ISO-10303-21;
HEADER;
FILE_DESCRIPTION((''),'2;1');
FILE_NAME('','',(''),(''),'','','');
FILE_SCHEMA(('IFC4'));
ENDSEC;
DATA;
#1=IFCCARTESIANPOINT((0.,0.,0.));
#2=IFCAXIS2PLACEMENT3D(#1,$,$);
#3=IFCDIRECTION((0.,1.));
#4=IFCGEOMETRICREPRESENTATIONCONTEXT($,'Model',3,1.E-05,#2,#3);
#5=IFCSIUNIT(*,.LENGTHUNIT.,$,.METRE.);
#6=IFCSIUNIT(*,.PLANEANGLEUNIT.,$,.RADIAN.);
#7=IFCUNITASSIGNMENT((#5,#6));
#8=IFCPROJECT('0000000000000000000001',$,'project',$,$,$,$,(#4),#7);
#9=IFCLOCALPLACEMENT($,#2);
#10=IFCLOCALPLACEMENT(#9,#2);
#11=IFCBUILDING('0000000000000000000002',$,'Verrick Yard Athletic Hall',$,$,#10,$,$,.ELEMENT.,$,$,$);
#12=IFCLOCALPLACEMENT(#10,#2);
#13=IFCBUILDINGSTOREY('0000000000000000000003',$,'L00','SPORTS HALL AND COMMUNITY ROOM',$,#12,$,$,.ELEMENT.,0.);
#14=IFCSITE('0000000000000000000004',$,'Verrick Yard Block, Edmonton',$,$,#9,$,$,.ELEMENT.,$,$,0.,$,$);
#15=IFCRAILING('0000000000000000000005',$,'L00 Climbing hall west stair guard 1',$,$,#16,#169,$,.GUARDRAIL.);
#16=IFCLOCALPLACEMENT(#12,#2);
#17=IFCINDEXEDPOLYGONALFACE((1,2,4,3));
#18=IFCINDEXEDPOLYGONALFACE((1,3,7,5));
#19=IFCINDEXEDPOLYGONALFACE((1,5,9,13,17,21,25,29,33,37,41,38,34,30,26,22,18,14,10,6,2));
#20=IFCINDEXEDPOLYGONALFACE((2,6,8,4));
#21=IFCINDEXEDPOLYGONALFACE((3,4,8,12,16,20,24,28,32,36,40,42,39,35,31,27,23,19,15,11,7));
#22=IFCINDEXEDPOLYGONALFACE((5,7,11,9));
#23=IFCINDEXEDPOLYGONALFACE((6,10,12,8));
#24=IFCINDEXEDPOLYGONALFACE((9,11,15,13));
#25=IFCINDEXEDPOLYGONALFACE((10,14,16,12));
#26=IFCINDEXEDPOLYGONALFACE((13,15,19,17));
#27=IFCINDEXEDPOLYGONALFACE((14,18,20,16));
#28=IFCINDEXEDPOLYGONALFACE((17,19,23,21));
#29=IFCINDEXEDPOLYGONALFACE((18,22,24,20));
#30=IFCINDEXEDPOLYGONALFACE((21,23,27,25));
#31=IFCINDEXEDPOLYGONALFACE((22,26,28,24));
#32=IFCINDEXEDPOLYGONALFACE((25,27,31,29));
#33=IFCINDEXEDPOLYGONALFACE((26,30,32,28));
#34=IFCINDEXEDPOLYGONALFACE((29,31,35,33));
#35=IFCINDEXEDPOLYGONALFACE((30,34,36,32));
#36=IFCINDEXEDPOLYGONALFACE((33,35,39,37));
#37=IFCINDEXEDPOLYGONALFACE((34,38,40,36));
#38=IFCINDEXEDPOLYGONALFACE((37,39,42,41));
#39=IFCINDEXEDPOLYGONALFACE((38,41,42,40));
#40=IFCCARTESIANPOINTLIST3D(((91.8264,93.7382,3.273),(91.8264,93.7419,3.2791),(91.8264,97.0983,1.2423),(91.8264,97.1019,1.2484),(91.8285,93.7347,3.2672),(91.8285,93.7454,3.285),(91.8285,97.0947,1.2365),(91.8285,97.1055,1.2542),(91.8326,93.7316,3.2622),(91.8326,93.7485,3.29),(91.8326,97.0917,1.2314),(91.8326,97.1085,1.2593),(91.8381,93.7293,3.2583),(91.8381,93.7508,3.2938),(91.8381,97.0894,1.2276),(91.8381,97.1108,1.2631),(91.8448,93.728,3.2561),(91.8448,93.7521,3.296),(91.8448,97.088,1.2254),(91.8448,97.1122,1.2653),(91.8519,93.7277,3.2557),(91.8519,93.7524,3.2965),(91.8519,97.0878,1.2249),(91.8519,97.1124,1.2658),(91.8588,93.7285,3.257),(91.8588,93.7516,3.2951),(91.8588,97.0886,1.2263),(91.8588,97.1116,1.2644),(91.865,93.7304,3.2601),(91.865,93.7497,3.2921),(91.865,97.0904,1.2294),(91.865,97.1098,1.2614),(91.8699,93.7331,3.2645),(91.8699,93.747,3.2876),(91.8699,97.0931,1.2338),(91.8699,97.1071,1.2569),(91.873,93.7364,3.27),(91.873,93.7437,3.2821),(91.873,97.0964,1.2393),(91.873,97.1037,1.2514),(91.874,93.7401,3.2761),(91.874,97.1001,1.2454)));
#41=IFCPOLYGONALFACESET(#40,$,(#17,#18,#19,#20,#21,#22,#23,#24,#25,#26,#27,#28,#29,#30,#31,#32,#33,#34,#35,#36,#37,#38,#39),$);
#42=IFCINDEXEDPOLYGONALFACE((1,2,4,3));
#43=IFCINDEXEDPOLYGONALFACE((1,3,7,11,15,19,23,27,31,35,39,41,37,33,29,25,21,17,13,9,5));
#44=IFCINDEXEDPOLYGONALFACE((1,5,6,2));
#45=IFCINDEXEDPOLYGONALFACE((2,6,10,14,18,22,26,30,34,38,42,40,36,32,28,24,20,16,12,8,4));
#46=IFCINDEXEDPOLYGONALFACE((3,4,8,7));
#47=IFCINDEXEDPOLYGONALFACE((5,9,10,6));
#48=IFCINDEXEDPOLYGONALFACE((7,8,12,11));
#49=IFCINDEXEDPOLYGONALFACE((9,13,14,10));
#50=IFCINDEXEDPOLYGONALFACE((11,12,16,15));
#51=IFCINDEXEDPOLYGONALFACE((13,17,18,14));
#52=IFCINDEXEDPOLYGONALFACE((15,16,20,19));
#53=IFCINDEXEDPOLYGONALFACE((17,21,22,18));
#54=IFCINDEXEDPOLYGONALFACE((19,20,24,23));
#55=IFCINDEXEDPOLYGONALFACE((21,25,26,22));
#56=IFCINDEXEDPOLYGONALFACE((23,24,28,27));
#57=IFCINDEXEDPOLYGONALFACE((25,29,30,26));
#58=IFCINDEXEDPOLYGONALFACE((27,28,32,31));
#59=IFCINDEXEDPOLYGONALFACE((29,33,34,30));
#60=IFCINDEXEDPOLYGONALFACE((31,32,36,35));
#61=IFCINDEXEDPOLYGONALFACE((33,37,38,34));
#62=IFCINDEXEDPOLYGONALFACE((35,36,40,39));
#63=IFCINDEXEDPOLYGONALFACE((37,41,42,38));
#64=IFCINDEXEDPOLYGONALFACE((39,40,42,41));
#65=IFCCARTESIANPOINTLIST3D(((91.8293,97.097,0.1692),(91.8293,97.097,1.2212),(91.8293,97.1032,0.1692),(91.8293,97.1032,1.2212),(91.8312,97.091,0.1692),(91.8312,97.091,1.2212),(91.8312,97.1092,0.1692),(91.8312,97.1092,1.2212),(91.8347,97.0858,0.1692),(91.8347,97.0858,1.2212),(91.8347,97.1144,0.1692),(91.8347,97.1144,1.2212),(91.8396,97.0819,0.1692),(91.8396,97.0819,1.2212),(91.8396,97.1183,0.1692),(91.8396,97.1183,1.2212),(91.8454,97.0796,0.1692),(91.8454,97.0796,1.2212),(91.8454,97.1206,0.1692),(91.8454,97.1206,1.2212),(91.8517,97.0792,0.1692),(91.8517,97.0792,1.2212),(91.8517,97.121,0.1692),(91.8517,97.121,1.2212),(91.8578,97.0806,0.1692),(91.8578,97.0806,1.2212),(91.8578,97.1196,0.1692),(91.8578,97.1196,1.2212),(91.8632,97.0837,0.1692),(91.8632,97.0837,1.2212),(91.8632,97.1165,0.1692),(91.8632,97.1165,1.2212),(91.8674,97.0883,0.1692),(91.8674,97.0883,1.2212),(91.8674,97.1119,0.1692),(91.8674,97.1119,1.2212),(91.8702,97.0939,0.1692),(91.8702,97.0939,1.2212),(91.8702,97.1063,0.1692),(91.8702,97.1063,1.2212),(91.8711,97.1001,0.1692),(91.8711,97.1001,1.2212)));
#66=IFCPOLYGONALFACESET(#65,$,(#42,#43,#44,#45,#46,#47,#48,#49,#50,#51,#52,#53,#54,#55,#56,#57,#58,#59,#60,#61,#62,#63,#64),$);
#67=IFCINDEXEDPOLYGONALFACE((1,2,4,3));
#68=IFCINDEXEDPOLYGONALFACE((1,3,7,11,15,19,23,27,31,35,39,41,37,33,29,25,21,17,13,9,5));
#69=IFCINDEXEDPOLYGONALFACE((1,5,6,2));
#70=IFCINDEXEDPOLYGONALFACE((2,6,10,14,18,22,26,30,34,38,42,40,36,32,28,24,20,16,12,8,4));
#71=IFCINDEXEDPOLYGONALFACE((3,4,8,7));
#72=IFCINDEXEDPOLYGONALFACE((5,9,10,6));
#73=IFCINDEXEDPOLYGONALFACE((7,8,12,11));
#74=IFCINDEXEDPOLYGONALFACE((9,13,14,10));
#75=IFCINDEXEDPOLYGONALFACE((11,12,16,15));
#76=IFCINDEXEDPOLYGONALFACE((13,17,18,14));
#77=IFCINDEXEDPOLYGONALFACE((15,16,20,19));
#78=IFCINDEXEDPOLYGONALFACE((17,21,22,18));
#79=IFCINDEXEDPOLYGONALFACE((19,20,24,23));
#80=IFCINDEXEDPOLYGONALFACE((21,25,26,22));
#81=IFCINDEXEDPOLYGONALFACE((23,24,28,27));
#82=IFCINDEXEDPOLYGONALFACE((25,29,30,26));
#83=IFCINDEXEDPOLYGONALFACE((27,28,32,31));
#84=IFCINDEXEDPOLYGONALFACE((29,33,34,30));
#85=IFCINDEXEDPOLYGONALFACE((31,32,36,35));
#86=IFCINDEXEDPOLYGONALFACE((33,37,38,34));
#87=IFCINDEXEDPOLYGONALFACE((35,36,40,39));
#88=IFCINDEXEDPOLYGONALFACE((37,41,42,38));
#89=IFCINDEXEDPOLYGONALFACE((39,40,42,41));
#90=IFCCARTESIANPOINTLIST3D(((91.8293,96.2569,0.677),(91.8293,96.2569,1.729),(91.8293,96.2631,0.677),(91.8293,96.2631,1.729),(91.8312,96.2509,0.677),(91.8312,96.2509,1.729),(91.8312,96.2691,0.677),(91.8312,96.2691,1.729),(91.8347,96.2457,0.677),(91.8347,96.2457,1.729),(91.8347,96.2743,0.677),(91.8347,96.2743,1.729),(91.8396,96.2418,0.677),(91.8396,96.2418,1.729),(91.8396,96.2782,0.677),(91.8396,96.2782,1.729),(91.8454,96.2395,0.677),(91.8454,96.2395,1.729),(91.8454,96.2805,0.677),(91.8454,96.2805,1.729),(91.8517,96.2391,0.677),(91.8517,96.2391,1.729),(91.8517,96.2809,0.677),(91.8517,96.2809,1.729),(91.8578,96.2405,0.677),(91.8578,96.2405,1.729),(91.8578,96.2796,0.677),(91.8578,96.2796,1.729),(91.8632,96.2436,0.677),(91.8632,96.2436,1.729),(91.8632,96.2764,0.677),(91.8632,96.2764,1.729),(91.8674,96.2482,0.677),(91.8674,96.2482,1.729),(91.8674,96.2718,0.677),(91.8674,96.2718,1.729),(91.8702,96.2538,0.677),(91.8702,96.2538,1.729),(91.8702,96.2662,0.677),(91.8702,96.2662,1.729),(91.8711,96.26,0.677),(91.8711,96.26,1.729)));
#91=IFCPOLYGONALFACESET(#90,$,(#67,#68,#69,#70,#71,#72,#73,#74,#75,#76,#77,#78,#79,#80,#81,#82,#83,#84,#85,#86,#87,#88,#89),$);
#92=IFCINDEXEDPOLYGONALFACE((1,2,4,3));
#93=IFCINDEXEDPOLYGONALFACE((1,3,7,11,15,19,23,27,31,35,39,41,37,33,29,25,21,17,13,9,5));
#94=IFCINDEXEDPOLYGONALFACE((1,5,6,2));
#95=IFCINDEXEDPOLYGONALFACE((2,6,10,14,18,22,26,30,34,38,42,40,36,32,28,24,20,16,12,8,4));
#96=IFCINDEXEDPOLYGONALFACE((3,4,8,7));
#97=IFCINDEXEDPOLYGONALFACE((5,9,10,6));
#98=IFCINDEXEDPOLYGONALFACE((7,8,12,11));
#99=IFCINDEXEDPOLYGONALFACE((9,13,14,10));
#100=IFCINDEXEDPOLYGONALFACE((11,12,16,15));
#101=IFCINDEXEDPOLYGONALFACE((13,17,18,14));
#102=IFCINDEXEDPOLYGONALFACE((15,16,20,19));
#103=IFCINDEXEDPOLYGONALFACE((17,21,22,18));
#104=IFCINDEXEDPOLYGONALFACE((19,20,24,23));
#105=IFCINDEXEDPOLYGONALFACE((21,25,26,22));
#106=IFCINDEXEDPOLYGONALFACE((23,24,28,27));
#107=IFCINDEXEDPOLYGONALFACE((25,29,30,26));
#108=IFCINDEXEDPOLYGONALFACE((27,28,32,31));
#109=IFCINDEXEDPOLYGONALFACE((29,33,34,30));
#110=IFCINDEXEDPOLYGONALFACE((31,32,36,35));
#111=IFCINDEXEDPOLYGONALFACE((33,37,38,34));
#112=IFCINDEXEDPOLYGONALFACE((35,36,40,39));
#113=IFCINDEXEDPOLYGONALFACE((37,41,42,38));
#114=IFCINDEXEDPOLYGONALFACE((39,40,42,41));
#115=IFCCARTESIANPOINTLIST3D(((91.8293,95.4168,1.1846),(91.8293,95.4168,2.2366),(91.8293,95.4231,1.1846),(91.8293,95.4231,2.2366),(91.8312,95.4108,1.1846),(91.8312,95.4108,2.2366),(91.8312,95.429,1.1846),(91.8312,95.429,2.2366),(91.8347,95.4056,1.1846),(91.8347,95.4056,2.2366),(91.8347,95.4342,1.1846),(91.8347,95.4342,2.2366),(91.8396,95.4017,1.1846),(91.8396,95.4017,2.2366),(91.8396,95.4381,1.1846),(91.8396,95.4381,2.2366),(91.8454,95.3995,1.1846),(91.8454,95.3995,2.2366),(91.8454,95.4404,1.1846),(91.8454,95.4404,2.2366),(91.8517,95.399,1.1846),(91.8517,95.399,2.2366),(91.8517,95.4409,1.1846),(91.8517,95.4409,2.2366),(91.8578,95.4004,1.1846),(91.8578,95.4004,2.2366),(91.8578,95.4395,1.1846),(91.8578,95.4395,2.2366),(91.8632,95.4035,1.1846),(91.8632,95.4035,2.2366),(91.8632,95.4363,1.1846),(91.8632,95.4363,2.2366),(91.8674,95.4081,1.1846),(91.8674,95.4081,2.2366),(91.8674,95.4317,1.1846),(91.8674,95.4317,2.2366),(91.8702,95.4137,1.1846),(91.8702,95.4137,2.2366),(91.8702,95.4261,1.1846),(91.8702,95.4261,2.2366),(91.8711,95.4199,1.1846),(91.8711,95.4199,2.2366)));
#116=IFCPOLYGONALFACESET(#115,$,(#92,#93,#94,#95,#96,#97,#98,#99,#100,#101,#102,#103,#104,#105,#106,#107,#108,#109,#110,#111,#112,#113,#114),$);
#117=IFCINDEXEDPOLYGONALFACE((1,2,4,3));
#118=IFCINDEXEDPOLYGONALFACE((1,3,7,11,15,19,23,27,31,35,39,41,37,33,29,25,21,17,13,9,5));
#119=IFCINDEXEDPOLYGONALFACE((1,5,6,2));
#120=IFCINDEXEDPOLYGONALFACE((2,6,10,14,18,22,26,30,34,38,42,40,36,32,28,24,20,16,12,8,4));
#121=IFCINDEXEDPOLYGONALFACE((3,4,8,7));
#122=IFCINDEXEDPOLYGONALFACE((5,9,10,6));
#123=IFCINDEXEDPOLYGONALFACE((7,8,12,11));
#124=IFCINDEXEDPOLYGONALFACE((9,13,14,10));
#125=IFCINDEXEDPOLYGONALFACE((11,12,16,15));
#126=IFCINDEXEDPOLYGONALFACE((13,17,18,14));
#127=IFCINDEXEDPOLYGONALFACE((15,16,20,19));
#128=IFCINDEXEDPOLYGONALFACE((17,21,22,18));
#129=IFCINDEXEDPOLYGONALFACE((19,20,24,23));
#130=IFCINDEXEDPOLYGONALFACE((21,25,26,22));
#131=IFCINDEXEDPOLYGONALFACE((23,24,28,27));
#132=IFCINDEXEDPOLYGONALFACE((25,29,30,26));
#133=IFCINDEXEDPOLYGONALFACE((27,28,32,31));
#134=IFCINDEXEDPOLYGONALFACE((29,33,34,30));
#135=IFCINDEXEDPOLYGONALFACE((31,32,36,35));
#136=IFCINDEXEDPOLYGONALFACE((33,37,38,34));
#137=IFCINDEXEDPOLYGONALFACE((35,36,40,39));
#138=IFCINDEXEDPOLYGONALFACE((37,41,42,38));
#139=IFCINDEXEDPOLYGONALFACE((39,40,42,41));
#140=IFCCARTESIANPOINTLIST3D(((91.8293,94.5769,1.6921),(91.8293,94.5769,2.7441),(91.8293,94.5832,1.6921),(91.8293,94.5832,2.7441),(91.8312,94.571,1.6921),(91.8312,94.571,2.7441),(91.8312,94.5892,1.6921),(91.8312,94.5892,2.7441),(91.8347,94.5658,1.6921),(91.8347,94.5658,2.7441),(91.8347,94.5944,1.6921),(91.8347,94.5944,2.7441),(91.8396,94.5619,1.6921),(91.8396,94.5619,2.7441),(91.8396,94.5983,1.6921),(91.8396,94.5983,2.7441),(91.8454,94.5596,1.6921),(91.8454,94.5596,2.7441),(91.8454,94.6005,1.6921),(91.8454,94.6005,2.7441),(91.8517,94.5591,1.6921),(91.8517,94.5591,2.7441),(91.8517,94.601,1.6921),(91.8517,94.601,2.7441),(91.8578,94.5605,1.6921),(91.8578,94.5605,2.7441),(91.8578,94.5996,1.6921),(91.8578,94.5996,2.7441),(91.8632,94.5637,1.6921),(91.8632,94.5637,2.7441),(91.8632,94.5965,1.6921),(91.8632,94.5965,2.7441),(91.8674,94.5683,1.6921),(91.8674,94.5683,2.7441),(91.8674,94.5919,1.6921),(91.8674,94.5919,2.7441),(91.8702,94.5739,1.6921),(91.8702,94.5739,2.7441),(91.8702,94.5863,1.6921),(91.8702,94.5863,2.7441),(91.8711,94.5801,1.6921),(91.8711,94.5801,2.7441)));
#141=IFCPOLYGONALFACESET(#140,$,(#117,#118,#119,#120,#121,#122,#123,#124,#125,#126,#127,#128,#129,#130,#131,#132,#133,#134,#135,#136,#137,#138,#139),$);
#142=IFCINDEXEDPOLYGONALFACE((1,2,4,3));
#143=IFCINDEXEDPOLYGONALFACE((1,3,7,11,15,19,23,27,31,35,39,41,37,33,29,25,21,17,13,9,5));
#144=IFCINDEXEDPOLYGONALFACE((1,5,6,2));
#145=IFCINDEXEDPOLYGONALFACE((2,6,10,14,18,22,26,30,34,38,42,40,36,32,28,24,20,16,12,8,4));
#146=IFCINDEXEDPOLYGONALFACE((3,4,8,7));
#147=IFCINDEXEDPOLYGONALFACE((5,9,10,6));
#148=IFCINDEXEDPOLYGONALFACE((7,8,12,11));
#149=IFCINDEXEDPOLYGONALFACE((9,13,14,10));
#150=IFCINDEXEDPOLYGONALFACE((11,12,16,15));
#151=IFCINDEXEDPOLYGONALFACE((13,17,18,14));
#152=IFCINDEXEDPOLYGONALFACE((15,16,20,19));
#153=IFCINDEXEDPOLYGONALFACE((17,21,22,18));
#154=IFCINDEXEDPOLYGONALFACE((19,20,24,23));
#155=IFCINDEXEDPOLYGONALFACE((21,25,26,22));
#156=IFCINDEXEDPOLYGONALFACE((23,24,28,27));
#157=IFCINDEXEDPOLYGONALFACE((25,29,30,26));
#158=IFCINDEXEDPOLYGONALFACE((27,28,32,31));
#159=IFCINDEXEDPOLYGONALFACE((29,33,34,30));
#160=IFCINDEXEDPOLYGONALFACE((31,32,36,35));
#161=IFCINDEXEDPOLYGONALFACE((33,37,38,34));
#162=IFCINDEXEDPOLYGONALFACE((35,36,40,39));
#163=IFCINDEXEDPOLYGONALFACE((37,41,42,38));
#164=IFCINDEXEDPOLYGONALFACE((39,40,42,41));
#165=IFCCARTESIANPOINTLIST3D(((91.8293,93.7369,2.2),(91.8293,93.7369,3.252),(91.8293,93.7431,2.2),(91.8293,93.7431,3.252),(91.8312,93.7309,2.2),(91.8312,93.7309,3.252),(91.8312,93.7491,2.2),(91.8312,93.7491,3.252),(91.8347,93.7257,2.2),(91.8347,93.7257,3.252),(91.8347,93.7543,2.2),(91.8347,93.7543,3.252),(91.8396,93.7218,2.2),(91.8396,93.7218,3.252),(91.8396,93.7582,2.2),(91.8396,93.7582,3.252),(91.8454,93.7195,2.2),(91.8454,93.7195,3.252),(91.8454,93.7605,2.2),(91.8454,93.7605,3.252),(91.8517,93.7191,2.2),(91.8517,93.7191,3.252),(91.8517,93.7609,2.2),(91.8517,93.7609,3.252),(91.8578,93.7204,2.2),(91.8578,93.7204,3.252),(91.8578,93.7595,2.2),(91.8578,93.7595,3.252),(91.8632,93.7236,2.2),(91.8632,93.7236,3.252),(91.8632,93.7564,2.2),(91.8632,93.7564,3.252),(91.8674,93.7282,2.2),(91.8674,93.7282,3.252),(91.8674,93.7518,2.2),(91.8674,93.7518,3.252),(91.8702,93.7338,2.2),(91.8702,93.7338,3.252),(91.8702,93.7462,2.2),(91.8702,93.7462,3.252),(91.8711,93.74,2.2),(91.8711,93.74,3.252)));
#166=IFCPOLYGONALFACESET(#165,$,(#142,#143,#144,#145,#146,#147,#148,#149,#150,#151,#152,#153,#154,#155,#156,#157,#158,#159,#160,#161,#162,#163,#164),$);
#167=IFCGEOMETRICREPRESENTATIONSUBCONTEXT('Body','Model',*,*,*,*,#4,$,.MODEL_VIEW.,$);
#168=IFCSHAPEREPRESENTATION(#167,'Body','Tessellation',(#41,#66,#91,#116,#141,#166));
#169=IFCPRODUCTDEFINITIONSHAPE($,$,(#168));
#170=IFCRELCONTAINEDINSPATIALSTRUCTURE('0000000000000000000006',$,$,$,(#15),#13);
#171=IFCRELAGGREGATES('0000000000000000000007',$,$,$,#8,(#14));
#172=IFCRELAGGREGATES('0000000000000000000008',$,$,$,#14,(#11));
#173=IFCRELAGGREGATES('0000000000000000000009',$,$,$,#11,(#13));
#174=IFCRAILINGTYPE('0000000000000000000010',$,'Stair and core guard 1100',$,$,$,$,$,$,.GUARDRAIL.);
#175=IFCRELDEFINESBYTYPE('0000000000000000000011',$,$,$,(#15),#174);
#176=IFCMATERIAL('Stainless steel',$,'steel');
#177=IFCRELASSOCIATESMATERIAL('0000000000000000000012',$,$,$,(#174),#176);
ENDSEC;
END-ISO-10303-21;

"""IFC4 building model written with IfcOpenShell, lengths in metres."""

from ifc_helpers import new_model, si_unit, direction, frame, origin, origin_2d, place, context, subcontext, project, spatial, circle, extrude, material, type_object, element, save


model = new_model("IFC4")

# Units and contexts
model_context = context("Model", 3, precision=1e-05, world=origin(), true_north=direction((0.0, 1.0)))
body_context = subcontext(model_context, "Body", "Model", "MODEL_VIEW")
ifc_project = project(units=[si_unit("LENGTHUNIT", "METRE"), si_unit("PLANEANGLEUNIT", "RADIAN")], contexts=[model_context])

# Site, building, storey
site_placement = place(None, origin())
site = spatial("IfcSite", under=ifc_project, at=site_placement, Name="Verrick Yard Block, Edmonton", CompositionType="ELEMENT", RefElevation=0.0)
building_placement = place(site_placement, origin())
building = spatial("IfcBuilding", under=site, at=building_placement, Name="Verrick Yard Athletic Hall", CompositionType="ELEMENT")
storey_placement = place(building_placement, origin())
storey = spatial("IfcBuildingStorey", under=building, at=storey_placement, Name="L00", Description="SPORTS HALL AND COMMUNITY ROOM", CompositionType="ELEMENT", Elevation=0.0)

# Railing
ifc_material_1 = material(Name="Stainless steel", Category="steel")
railing_type_1 = type_object("IfcRailingType", Name="Stair and core guard 1100", PredefinedType="GUARDRAIL", material=ifc_material_1)
railing_1_placement = place(storey_placement, frame((91.8501, 97.1001, 0.1692)))
element("IfcRailing", 1, at=railing_1_placement, inside=storey, type_object=railing_type_1, Name="L00 Climbing hall west stair guard 1", PredefinedType="GUARDRAIL", context=body_context, shape_type="SweptSolid", body=[
    extrude(circle(Radius=0.0239, at=origin_2d()), frame((0.0, 0.0, 1.0762), z_axis=(0.0, -0.855837, 0.517246), x_axis=(1.0, 0.0, 0.0)), (0.0, 0.0, 1.0), 3.926),
    extrude(circle(Radius=0.021, at=origin_2d()), origin(), (0.0, 0.0, 1.0), 1.052),
    extrude(circle(Radius=0.021, at=origin_2d()), frame((0.0, -0.8401, 0.5078)), (0.0, 0.0, 1.0), 1.052),
    extrude(circle(Radius=0.021, at=origin_2d()), frame((0.0, -1.6802, 1.0154)), (0.0, 0.0, 1.0), 1.052),
    extrude(circle(Radius=0.021, at=origin_2d()), frame((0.0, -2.52, 1.5229)), (0.0, 0.0, 1.0), 1.052),
    extrude(circle(Radius=0.021, at=origin_2d()), frame((0.0, -3.3601, 2.0308)), (0.0, 0.0, 1.0), 1.052),
])

save(model, "model.ifc")
